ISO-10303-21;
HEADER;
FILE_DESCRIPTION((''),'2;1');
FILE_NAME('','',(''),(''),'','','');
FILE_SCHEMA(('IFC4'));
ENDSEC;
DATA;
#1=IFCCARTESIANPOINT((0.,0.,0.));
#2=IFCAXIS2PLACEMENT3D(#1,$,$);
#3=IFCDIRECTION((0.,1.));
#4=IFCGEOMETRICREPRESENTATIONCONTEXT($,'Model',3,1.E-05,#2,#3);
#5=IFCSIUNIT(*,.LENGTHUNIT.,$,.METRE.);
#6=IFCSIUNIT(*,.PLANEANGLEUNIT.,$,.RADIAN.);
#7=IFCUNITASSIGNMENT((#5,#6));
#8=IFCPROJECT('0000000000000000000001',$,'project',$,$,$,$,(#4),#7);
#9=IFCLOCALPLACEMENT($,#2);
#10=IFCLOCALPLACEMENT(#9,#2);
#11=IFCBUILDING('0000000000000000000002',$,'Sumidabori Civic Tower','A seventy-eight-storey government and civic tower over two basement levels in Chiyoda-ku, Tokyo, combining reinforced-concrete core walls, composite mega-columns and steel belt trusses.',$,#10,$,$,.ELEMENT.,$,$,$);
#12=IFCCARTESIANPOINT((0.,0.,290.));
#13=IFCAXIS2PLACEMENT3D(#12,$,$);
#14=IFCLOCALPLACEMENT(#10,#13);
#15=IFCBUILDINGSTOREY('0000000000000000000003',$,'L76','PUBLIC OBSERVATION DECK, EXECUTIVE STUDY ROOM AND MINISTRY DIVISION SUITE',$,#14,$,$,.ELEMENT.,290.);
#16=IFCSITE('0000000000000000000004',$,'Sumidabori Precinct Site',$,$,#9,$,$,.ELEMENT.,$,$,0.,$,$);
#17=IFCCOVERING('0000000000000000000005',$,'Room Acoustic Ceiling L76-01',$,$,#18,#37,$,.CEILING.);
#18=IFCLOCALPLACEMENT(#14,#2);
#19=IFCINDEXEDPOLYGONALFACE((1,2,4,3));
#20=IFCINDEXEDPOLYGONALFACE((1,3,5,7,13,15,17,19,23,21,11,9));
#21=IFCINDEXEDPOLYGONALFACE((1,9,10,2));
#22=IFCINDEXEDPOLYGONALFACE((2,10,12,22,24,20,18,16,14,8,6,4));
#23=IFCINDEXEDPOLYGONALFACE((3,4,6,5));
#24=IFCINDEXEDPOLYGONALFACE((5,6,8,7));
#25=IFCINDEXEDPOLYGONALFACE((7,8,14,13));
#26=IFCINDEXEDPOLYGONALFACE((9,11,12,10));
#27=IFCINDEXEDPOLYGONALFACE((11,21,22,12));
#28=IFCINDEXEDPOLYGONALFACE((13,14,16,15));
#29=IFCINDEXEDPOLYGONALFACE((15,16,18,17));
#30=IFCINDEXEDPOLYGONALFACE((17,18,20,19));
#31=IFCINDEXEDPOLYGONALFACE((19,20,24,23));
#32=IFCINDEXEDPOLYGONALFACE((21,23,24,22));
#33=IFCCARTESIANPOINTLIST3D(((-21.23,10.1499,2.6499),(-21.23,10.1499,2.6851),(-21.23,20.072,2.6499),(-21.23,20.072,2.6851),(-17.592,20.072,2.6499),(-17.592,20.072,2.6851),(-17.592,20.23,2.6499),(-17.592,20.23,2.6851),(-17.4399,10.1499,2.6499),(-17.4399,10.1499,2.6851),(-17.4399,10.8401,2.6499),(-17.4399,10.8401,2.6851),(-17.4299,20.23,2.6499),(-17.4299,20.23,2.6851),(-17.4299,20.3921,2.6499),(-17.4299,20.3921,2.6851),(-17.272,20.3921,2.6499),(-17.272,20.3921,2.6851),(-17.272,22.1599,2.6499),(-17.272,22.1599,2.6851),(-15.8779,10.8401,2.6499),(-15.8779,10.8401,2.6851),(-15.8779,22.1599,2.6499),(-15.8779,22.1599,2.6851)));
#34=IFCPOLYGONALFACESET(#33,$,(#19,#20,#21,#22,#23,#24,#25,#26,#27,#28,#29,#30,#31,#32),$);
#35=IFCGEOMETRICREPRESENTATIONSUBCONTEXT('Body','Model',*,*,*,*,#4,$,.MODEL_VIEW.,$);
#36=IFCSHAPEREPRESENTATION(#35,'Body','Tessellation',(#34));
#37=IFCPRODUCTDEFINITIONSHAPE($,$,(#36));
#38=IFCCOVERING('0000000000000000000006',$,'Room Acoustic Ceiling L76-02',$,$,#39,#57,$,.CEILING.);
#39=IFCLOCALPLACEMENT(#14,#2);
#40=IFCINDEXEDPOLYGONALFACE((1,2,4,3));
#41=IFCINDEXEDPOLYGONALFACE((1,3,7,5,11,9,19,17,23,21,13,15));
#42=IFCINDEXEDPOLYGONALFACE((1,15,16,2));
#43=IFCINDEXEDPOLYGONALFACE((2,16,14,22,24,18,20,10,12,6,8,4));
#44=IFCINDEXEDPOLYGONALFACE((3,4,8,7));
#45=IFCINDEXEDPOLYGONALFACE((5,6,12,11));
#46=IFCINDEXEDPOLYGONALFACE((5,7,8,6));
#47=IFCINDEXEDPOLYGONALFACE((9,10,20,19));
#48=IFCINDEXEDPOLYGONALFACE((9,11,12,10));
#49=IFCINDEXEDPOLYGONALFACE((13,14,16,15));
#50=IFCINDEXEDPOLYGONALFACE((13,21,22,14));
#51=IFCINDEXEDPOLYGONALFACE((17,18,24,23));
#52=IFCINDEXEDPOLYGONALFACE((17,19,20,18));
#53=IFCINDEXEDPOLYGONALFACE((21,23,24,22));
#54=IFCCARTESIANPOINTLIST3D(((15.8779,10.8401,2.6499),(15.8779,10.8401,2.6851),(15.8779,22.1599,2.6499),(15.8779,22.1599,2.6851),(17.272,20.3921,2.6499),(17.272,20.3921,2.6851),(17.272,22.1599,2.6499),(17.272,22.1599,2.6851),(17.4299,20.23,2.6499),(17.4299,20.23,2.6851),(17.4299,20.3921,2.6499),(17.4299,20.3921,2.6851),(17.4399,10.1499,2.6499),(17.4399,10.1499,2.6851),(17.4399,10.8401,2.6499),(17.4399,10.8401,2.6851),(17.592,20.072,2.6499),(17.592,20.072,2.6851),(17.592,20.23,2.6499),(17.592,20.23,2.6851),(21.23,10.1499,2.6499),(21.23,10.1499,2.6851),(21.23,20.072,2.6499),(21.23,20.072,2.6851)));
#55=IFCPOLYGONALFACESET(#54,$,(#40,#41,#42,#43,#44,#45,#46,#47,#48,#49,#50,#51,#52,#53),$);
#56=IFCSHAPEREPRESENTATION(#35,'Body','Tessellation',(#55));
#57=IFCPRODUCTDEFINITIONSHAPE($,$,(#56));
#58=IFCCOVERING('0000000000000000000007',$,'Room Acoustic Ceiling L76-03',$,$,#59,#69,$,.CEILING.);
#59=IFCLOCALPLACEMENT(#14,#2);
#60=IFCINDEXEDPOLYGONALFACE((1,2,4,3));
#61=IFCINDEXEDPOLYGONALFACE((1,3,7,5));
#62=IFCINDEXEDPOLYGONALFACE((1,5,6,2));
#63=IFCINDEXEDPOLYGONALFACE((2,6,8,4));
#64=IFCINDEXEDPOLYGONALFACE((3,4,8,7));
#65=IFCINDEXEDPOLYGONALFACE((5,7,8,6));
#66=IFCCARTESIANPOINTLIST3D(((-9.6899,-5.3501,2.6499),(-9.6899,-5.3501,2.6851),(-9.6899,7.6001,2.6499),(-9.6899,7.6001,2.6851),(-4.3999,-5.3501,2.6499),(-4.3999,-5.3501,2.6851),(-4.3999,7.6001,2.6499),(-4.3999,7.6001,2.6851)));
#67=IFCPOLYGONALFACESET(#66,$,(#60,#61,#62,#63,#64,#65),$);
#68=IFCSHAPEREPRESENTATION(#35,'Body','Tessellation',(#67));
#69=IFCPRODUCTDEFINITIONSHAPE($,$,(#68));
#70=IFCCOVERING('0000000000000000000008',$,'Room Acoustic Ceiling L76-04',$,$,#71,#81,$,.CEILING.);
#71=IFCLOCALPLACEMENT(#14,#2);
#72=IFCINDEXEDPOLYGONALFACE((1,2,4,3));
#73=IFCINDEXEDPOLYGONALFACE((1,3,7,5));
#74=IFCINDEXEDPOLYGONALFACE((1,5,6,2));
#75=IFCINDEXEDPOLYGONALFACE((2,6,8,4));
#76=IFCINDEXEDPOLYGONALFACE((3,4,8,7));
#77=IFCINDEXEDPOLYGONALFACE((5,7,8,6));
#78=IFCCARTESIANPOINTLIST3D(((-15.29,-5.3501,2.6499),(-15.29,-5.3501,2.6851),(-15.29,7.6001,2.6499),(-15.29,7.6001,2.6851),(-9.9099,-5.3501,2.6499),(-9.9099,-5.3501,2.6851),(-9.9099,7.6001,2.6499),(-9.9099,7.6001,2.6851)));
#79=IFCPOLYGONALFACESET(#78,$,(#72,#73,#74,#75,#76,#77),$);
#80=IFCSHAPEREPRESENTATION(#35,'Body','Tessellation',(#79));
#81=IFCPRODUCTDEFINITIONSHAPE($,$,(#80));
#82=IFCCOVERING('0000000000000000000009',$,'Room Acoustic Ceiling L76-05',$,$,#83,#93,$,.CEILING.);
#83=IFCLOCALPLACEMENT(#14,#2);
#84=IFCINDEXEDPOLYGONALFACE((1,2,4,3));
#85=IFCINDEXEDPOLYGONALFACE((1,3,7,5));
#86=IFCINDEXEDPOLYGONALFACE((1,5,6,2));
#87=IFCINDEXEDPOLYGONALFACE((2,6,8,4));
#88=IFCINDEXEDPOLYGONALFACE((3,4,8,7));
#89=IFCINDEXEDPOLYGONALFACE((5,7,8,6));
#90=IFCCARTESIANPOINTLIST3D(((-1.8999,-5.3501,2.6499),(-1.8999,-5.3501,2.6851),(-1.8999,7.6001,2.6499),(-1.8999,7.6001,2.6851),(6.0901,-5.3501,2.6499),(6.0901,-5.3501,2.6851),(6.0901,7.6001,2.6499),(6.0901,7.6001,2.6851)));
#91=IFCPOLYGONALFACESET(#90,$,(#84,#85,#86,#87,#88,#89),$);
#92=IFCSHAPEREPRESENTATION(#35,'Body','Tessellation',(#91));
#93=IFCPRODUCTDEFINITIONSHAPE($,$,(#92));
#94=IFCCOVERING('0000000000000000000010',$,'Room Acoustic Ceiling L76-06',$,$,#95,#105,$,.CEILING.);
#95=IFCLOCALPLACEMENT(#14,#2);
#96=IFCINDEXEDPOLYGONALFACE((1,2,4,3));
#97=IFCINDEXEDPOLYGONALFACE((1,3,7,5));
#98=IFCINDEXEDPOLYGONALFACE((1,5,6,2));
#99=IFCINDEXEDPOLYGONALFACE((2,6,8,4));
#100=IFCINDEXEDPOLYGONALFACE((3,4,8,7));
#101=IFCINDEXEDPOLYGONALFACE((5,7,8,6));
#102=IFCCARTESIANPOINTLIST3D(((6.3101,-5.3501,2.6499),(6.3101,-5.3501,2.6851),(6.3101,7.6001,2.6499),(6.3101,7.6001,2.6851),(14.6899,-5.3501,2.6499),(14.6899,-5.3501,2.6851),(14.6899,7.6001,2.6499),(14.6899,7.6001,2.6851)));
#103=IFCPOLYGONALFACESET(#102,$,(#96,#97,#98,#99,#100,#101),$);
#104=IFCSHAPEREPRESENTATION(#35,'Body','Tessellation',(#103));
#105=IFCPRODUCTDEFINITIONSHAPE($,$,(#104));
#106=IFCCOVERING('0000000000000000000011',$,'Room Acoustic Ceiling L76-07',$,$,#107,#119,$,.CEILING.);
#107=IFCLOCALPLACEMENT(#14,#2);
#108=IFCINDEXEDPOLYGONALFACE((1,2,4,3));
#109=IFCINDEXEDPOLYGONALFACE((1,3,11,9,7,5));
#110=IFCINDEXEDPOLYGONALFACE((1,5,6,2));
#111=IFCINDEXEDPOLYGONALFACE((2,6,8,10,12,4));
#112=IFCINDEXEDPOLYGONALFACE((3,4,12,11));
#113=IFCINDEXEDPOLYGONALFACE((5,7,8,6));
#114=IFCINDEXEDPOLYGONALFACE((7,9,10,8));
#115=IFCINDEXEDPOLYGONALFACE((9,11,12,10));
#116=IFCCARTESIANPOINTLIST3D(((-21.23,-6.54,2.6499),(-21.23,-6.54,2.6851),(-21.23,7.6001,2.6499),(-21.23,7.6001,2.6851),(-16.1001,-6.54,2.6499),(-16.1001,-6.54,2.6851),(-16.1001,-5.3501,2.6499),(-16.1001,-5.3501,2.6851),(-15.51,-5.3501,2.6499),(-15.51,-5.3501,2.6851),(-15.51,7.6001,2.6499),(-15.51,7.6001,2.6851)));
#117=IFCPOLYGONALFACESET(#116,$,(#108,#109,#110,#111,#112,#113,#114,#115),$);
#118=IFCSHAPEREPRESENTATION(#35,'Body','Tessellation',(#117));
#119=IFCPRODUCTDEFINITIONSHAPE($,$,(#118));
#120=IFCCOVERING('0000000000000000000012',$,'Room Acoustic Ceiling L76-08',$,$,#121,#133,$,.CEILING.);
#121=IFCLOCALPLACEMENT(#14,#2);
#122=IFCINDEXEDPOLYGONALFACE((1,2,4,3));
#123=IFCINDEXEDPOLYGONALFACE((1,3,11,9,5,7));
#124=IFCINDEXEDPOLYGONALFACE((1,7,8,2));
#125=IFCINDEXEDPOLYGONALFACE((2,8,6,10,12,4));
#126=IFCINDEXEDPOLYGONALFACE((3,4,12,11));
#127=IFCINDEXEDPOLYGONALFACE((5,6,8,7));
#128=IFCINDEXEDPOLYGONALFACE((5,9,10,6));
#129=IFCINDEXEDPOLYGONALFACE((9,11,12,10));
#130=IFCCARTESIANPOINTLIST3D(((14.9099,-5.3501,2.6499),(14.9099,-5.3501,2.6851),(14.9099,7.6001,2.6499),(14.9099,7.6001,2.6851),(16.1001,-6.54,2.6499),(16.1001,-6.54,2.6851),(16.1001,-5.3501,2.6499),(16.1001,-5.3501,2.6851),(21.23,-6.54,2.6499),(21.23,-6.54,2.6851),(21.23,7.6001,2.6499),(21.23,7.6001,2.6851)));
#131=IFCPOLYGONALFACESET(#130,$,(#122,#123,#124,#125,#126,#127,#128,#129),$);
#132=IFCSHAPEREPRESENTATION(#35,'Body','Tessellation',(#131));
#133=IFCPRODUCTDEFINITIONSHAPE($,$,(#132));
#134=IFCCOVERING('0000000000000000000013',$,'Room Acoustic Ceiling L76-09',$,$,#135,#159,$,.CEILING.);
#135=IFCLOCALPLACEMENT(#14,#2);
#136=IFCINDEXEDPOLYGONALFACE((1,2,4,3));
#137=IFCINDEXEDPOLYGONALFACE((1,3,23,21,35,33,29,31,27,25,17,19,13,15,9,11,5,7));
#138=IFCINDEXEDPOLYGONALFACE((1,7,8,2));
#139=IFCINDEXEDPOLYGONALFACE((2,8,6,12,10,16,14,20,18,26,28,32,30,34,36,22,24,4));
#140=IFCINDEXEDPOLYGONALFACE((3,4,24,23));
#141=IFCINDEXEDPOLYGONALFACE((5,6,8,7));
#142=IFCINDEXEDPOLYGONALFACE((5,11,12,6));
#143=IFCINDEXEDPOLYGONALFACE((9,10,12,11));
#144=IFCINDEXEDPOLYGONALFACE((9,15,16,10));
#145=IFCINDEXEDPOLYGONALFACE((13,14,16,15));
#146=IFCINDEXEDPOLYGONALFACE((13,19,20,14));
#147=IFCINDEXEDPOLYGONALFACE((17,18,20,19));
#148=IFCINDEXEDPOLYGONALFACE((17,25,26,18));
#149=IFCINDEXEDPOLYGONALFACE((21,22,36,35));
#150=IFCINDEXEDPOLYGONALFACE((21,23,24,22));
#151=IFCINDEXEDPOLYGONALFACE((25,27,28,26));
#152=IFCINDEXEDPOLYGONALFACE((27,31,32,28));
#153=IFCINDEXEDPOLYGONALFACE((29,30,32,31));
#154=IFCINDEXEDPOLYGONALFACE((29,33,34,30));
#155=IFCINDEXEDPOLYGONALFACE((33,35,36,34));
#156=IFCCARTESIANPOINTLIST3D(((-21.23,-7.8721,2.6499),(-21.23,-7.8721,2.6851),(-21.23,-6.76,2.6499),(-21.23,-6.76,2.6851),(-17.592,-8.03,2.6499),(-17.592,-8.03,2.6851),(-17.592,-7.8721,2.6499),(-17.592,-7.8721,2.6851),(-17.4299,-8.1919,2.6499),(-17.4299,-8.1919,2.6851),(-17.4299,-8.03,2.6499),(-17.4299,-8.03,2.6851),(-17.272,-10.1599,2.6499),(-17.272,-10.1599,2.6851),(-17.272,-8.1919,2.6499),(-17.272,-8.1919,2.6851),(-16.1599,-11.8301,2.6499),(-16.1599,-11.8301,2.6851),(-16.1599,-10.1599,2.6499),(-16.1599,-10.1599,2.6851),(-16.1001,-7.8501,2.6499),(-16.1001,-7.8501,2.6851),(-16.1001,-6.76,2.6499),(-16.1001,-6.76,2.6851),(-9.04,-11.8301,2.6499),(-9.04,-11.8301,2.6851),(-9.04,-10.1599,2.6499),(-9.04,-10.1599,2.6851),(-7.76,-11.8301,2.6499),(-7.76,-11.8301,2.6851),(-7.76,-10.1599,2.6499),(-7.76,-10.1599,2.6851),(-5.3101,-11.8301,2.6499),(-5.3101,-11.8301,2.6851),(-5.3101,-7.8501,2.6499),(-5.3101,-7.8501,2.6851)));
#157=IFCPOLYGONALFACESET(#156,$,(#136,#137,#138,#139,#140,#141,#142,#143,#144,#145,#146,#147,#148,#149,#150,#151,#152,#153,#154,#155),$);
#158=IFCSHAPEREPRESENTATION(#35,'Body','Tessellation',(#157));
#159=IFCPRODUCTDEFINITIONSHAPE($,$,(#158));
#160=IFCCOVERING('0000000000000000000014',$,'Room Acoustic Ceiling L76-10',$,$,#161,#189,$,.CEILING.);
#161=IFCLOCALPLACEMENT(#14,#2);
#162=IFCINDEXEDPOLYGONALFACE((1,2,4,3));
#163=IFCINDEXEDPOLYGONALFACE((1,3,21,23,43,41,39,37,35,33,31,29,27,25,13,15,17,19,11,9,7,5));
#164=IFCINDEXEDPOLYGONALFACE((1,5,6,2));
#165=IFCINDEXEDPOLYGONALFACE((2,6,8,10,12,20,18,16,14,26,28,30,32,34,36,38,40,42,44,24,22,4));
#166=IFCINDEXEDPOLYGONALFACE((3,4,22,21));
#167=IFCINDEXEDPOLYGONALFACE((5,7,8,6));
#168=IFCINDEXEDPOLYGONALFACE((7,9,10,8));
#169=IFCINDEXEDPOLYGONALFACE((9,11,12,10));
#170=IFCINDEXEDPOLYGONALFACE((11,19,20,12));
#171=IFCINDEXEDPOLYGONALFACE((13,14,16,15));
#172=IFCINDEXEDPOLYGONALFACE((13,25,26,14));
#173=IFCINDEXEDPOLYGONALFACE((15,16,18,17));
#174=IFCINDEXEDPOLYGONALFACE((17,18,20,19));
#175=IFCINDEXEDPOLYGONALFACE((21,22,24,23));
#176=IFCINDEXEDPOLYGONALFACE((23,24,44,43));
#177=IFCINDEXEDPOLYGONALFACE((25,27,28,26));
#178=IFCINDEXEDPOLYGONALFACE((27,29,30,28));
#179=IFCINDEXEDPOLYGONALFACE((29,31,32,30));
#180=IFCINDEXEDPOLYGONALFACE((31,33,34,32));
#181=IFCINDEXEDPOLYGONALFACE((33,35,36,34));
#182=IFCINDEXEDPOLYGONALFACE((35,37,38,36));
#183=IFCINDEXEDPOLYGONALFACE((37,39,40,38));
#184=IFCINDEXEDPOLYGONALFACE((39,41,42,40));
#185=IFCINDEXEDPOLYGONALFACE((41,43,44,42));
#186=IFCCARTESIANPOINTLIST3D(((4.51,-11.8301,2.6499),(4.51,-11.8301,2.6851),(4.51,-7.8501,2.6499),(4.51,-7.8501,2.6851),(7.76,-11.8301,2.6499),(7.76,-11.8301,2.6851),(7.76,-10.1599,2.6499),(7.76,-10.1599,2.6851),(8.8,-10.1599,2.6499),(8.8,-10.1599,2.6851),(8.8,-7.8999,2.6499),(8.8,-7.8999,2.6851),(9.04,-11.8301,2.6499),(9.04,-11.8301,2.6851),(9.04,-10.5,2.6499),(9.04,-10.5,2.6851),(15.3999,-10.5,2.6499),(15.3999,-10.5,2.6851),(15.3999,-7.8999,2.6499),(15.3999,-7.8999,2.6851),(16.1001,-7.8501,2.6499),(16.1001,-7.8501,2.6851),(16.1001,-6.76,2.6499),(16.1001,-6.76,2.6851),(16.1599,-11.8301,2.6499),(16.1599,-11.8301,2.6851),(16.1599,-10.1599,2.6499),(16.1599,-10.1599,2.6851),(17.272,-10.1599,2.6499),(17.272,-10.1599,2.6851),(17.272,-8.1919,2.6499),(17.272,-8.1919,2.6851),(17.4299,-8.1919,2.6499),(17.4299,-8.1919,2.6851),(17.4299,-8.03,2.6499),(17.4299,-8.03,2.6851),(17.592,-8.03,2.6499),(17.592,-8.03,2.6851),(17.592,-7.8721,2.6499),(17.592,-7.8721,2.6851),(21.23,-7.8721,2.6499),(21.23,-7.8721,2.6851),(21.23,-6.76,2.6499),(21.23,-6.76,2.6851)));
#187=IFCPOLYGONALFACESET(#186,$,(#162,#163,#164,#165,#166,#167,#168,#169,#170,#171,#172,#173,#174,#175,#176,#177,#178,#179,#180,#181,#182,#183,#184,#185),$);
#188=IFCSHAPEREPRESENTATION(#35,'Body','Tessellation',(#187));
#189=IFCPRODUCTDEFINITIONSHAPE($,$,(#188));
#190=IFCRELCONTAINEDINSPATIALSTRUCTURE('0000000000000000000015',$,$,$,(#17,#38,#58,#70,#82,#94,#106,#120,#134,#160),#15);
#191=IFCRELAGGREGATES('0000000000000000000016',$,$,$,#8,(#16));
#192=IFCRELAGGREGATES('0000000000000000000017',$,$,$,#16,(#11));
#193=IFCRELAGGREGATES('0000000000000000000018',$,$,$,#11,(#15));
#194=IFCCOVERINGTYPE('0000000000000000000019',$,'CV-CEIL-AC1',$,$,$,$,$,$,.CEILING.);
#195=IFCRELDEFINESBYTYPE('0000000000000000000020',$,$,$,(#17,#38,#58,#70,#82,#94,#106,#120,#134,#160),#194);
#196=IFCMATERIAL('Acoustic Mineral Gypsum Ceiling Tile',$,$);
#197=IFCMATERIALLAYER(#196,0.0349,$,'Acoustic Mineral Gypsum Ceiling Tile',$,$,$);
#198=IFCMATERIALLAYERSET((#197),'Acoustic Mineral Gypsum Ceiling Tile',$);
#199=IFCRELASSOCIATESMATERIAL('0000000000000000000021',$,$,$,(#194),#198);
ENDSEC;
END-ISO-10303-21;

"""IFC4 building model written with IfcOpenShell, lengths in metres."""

from ifc_helpers import new_model, si_unit, direction, frame, origin, place, context, subcontext, project, spatial, polyline, outline, extrude, material, layer, layer_set, type_object, element, save


model = new_model("IFC4")

# Units and contexts
model_context = context("Model", 3, precision=1e-05, world=origin(), true_north=direction((0.0, 1.0)))
body_context = subcontext(model_context, "Body", "Model", "MODEL_VIEW")
ifc_project = project(units=[si_unit("LENGTHUNIT", "METRE"), si_unit("PLANEANGLEUNIT", "RADIAN")], contexts=[model_context])

# Site, building, storey
site_placement = place(None, origin())
site = spatial("IfcSite", under=ifc_project, at=site_placement, Name="Sumidabori Precinct Site", CompositionType="ELEMENT", RefElevation=0.0)
building_placement = place(site_placement, origin())
building = spatial("IfcBuilding", under=site, at=building_placement, Name="Sumidabori Civic Tower", Description="A seventy-eight-storey government and civic tower over two basement levels in Chiyoda-ku, Tokyo, combining reinforced-concrete core walls, composite mega-columns and steel belt trusses.", CompositionType="ELEMENT")
storey_placement = place(building_placement, frame((0.0, 0.0, 290.0)))
storey = spatial("IfcBuildingStorey", under=building, at=storey_placement, Name="L76", Description="PUBLIC OBSERVATION DECK, EXECUTIVE STUDY ROOM AND MINISTRY DIVISION SUITE", CompositionType="ELEMENT", Elevation=290.0)

# Coverings
ifc_material_1 = material(Name="Acoustic Mineral Gypsum Ceiling Tile")
ifc_layer_1 = layer(ifc_material_1, 0.0349, Name="Acoustic Mineral Gypsum Ceiling Tile")
ifc_layer_set_1 = layer_set([ifc_layer_1], Name="Acoustic Mineral Gypsum Ceiling Tile")
covering_type_1 = type_object("IfcCoveringType", Name="CV-CEIL-AC1", PredefinedType="CEILING", material=ifc_layer_set_1)
covering_1_placement = place(storey_placement, frame((0.0, 0.0, 2.6499)))
element("IfcCovering", 1, at=covering_1_placement, inside=storey, type_object=covering_type_1, Name="Room Acoustic Ceiling L76-01", PredefinedType="CEILING", context=body_context, shape_type="SweptSolid", body=[
    extrude(outline(polyline([(-17.592, 20.23), (-17.4299, 20.23), (-17.4299, 20.3921), (-17.272, 20.3921), (-17.272, 22.1599), (-15.8779, 22.1599), (-15.8779, 10.8401), (-17.4399, 10.8401), (-17.4399, 10.1499), (-21.23, 10.1499), (-21.23, 20.072), (-17.592, 20.072), (-17.592, 20.23)])), origin(), (0.0, 0.0, 1.0), 0.0352),
])
covering_2_placement = place(storey_placement, frame((0.0, 0.0, 2.6499)))
element("IfcCovering", 2, at=covering_2_placement, inside=storey, type_object=covering_type_1, Name="Room Acoustic Ceiling L76-02", PredefinedType="CEILING", context=body_context, shape_type="SweptSolid", body=[
    extrude(outline(polyline([(15.8779, 22.1599), (17.272, 22.1599), (17.272, 20.3921), (17.4299, 20.3921), (17.4299, 20.23), (17.592, 20.23), (17.592, 20.072), (21.23, 20.072), (21.23, 10.1499), (17.4399, 10.1499), (17.4399, 10.8401), (15.8779, 10.8401), (15.8779, 22.1599)])), origin(), (0.0, 0.0, 1.0), 0.0352),
])
covering_3_placement = place(storey_placement, frame((0.0, 0.0, 2.6499)))
element("IfcCovering", 3, at=covering_3_placement, inside=storey, type_object=covering_type_1, Name="Room Acoustic Ceiling L76-03", PredefinedType="CEILING", context=body_context, shape_type="SweptSolid", body=[
    extrude(outline(polyline([(-9.6899, 7.6001), (-4.3999, 7.6001), (-4.3999, -5.3501), (-9.6899, -5.3501), (-9.6899, 7.6001)])), origin(), (0.0, 0.0, 1.0), 0.0352),
])
covering_4_placement = place(storey_placement, frame((0.0, 0.0, 2.6499)))
element("IfcCovering", 4, at=covering_4_placement, inside=storey, type_object=covering_type_1, Name="Room Acoustic Ceiling L76-04", PredefinedType="CEILING", context=body_context, shape_type="SweptSolid", body=[
    extrude(outline(polyline([(-15.29, 7.6001), (-9.9099, 7.6001), (-9.9099, -5.3501), (-15.29, -5.3501), (-15.29, 7.6001)])), origin(), (0.0, 0.0, 1.0), 0.0352),
])
covering_5_placement = place(storey_placement, frame((0.0, 0.0, 2.6499)))
element("IfcCovering", 5, at=covering_5_placement, inside=storey, type_object=covering_type_1, Name="Room Acoustic Ceiling L76-05", PredefinedType="CEILING", context=body_context, shape_type="SweptSolid", body=[
    extrude(outline(polyline([(-1.8999, -5.3501), (-1.8999, 7.6001), (6.0901, 7.6001), (6.0901, -5.3501), (-1.8999, -5.3501)])), origin(), (0.0, 0.0, 1.0), 0.0352),
])
covering_6_placement = place(storey_placement, frame((0.0, 0.0, 2.6499)))
element("IfcCovering", 6, at=covering_6_placement, inside=storey, type_object=covering_type_1, Name="Room Acoustic Ceiling L76-06", PredefinedType="CEILING", context=body_context, shape_type="SweptSolid", body=[
    extrude(outline(polyline([(6.3101, -5.3501), (6.3101, 7.6001), (14.6899, 7.6001), (14.6899, -5.3501), (6.3101, -5.3501)])), origin(), (0.0, 0.0, 1.0), 0.0352),
])
covering_7_placement = place(storey_placement, frame((0.0, 0.0, 2.6499)))
element("IfcCovering", 7, at=covering_7_placement, inside=storey, type_object=covering_type_1, Name="Room Acoustic Ceiling L76-07", PredefinedType="CEILING", context=body_context, shape_type="SweptSolid", body=[
    extrude(outline(polyline([(-21.23, -6.54), (-21.23, 7.6001), (-15.51, 7.6001), (-15.51, -5.3501), (-16.1001, -5.3501), (-16.1001, -6.54), (-21.23, -6.54)])), origin(), (0.0, 0.0, 1.0), 0.0352),
])
covering_8_placement = place(storey_placement, frame((0.0, 0.0, 2.6499)))
element("IfcCovering", 8, at=covering_8_placement, inside=storey, type_object=covering_type_1, Name="Room Acoustic Ceiling L76-08", PredefinedType="CEILING", context=body_context, shape_type="SweptSolid", body=[
    extrude(outline(polyline([(16.1001, -5.3501), (14.9099, -5.3501), (14.9099, 7.6001), (21.23, 7.6001), (21.23, -6.54), (16.1001, -6.54), (16.1001, -5.3501)])), origin(), (0.0, 0.0, 1.0), 0.0352),
])
covering_9_placement = place(storey_placement, frame((0.0, 0.0, 2.6499)))
element("IfcCovering", 9, at=covering_9_placement, inside=storey, type_object=covering_type_1, Name="Room Acoustic Ceiling L76-09", PredefinedType="CEILING", context=body_context, shape_type="SweptSolid", body=[
    extrude(outline(polyline([(-21.23, -7.8721), (-21.23, -6.76), (-16.1001, -6.76), (-16.1001, -7.8501), (-5.3101, -7.8501), (-5.3101, -11.8301), (-7.76, -11.8301), (-7.76, -10.1599), (-9.04, -10.1599), (-9.04, -11.8301), (-16.1599, -11.8301), (-16.1599, -10.1599), (-17.272, -10.1599), (-17.272, -8.1919), (-17.4299, -8.1919), (-17.4299, -8.03), (-17.592, -8.03), (-17.592, -7.8721), (-21.23, -7.8721)])), origin(), (0.0, 0.0, 1.0), 0.0352),
])
covering_10_placement = place(storey_placement, frame((0.0, 0.0, 2.6499)))
element("IfcCovering", 10, at=covering_10_placement, inside=storey, type_object=covering_type_1, Name="Room Acoustic Ceiling L76-10", PredefinedType="CEILING", context=body_context, shape_type="SweptSolid", body=[
    extrude(outline(polyline([(21.23, -6.76), (21.23, -7.8721), (17.592, -7.8721), (17.592, -8.03), (17.4299, -8.03), (17.4299, -8.1919), (17.272, -8.1919), (17.272, -10.1599), (16.1599, -10.1599), (16.1599, -11.8301), (9.04, -11.8301), (9.04, -10.5), (15.3999, -10.5), (15.3999, -7.8999), (8.8, -7.8999), (8.8, -10.1599), (7.76, -10.1599), (7.76, -11.8301), (4.51, -11.8301), (4.51, -7.8501), (16.1001, -7.8501), (16.1001, -6.76), (21.23, -6.76)])), origin(), (0.0, 0.0, 1.0), 0.0352),
])

save(model, "model.ifc")
